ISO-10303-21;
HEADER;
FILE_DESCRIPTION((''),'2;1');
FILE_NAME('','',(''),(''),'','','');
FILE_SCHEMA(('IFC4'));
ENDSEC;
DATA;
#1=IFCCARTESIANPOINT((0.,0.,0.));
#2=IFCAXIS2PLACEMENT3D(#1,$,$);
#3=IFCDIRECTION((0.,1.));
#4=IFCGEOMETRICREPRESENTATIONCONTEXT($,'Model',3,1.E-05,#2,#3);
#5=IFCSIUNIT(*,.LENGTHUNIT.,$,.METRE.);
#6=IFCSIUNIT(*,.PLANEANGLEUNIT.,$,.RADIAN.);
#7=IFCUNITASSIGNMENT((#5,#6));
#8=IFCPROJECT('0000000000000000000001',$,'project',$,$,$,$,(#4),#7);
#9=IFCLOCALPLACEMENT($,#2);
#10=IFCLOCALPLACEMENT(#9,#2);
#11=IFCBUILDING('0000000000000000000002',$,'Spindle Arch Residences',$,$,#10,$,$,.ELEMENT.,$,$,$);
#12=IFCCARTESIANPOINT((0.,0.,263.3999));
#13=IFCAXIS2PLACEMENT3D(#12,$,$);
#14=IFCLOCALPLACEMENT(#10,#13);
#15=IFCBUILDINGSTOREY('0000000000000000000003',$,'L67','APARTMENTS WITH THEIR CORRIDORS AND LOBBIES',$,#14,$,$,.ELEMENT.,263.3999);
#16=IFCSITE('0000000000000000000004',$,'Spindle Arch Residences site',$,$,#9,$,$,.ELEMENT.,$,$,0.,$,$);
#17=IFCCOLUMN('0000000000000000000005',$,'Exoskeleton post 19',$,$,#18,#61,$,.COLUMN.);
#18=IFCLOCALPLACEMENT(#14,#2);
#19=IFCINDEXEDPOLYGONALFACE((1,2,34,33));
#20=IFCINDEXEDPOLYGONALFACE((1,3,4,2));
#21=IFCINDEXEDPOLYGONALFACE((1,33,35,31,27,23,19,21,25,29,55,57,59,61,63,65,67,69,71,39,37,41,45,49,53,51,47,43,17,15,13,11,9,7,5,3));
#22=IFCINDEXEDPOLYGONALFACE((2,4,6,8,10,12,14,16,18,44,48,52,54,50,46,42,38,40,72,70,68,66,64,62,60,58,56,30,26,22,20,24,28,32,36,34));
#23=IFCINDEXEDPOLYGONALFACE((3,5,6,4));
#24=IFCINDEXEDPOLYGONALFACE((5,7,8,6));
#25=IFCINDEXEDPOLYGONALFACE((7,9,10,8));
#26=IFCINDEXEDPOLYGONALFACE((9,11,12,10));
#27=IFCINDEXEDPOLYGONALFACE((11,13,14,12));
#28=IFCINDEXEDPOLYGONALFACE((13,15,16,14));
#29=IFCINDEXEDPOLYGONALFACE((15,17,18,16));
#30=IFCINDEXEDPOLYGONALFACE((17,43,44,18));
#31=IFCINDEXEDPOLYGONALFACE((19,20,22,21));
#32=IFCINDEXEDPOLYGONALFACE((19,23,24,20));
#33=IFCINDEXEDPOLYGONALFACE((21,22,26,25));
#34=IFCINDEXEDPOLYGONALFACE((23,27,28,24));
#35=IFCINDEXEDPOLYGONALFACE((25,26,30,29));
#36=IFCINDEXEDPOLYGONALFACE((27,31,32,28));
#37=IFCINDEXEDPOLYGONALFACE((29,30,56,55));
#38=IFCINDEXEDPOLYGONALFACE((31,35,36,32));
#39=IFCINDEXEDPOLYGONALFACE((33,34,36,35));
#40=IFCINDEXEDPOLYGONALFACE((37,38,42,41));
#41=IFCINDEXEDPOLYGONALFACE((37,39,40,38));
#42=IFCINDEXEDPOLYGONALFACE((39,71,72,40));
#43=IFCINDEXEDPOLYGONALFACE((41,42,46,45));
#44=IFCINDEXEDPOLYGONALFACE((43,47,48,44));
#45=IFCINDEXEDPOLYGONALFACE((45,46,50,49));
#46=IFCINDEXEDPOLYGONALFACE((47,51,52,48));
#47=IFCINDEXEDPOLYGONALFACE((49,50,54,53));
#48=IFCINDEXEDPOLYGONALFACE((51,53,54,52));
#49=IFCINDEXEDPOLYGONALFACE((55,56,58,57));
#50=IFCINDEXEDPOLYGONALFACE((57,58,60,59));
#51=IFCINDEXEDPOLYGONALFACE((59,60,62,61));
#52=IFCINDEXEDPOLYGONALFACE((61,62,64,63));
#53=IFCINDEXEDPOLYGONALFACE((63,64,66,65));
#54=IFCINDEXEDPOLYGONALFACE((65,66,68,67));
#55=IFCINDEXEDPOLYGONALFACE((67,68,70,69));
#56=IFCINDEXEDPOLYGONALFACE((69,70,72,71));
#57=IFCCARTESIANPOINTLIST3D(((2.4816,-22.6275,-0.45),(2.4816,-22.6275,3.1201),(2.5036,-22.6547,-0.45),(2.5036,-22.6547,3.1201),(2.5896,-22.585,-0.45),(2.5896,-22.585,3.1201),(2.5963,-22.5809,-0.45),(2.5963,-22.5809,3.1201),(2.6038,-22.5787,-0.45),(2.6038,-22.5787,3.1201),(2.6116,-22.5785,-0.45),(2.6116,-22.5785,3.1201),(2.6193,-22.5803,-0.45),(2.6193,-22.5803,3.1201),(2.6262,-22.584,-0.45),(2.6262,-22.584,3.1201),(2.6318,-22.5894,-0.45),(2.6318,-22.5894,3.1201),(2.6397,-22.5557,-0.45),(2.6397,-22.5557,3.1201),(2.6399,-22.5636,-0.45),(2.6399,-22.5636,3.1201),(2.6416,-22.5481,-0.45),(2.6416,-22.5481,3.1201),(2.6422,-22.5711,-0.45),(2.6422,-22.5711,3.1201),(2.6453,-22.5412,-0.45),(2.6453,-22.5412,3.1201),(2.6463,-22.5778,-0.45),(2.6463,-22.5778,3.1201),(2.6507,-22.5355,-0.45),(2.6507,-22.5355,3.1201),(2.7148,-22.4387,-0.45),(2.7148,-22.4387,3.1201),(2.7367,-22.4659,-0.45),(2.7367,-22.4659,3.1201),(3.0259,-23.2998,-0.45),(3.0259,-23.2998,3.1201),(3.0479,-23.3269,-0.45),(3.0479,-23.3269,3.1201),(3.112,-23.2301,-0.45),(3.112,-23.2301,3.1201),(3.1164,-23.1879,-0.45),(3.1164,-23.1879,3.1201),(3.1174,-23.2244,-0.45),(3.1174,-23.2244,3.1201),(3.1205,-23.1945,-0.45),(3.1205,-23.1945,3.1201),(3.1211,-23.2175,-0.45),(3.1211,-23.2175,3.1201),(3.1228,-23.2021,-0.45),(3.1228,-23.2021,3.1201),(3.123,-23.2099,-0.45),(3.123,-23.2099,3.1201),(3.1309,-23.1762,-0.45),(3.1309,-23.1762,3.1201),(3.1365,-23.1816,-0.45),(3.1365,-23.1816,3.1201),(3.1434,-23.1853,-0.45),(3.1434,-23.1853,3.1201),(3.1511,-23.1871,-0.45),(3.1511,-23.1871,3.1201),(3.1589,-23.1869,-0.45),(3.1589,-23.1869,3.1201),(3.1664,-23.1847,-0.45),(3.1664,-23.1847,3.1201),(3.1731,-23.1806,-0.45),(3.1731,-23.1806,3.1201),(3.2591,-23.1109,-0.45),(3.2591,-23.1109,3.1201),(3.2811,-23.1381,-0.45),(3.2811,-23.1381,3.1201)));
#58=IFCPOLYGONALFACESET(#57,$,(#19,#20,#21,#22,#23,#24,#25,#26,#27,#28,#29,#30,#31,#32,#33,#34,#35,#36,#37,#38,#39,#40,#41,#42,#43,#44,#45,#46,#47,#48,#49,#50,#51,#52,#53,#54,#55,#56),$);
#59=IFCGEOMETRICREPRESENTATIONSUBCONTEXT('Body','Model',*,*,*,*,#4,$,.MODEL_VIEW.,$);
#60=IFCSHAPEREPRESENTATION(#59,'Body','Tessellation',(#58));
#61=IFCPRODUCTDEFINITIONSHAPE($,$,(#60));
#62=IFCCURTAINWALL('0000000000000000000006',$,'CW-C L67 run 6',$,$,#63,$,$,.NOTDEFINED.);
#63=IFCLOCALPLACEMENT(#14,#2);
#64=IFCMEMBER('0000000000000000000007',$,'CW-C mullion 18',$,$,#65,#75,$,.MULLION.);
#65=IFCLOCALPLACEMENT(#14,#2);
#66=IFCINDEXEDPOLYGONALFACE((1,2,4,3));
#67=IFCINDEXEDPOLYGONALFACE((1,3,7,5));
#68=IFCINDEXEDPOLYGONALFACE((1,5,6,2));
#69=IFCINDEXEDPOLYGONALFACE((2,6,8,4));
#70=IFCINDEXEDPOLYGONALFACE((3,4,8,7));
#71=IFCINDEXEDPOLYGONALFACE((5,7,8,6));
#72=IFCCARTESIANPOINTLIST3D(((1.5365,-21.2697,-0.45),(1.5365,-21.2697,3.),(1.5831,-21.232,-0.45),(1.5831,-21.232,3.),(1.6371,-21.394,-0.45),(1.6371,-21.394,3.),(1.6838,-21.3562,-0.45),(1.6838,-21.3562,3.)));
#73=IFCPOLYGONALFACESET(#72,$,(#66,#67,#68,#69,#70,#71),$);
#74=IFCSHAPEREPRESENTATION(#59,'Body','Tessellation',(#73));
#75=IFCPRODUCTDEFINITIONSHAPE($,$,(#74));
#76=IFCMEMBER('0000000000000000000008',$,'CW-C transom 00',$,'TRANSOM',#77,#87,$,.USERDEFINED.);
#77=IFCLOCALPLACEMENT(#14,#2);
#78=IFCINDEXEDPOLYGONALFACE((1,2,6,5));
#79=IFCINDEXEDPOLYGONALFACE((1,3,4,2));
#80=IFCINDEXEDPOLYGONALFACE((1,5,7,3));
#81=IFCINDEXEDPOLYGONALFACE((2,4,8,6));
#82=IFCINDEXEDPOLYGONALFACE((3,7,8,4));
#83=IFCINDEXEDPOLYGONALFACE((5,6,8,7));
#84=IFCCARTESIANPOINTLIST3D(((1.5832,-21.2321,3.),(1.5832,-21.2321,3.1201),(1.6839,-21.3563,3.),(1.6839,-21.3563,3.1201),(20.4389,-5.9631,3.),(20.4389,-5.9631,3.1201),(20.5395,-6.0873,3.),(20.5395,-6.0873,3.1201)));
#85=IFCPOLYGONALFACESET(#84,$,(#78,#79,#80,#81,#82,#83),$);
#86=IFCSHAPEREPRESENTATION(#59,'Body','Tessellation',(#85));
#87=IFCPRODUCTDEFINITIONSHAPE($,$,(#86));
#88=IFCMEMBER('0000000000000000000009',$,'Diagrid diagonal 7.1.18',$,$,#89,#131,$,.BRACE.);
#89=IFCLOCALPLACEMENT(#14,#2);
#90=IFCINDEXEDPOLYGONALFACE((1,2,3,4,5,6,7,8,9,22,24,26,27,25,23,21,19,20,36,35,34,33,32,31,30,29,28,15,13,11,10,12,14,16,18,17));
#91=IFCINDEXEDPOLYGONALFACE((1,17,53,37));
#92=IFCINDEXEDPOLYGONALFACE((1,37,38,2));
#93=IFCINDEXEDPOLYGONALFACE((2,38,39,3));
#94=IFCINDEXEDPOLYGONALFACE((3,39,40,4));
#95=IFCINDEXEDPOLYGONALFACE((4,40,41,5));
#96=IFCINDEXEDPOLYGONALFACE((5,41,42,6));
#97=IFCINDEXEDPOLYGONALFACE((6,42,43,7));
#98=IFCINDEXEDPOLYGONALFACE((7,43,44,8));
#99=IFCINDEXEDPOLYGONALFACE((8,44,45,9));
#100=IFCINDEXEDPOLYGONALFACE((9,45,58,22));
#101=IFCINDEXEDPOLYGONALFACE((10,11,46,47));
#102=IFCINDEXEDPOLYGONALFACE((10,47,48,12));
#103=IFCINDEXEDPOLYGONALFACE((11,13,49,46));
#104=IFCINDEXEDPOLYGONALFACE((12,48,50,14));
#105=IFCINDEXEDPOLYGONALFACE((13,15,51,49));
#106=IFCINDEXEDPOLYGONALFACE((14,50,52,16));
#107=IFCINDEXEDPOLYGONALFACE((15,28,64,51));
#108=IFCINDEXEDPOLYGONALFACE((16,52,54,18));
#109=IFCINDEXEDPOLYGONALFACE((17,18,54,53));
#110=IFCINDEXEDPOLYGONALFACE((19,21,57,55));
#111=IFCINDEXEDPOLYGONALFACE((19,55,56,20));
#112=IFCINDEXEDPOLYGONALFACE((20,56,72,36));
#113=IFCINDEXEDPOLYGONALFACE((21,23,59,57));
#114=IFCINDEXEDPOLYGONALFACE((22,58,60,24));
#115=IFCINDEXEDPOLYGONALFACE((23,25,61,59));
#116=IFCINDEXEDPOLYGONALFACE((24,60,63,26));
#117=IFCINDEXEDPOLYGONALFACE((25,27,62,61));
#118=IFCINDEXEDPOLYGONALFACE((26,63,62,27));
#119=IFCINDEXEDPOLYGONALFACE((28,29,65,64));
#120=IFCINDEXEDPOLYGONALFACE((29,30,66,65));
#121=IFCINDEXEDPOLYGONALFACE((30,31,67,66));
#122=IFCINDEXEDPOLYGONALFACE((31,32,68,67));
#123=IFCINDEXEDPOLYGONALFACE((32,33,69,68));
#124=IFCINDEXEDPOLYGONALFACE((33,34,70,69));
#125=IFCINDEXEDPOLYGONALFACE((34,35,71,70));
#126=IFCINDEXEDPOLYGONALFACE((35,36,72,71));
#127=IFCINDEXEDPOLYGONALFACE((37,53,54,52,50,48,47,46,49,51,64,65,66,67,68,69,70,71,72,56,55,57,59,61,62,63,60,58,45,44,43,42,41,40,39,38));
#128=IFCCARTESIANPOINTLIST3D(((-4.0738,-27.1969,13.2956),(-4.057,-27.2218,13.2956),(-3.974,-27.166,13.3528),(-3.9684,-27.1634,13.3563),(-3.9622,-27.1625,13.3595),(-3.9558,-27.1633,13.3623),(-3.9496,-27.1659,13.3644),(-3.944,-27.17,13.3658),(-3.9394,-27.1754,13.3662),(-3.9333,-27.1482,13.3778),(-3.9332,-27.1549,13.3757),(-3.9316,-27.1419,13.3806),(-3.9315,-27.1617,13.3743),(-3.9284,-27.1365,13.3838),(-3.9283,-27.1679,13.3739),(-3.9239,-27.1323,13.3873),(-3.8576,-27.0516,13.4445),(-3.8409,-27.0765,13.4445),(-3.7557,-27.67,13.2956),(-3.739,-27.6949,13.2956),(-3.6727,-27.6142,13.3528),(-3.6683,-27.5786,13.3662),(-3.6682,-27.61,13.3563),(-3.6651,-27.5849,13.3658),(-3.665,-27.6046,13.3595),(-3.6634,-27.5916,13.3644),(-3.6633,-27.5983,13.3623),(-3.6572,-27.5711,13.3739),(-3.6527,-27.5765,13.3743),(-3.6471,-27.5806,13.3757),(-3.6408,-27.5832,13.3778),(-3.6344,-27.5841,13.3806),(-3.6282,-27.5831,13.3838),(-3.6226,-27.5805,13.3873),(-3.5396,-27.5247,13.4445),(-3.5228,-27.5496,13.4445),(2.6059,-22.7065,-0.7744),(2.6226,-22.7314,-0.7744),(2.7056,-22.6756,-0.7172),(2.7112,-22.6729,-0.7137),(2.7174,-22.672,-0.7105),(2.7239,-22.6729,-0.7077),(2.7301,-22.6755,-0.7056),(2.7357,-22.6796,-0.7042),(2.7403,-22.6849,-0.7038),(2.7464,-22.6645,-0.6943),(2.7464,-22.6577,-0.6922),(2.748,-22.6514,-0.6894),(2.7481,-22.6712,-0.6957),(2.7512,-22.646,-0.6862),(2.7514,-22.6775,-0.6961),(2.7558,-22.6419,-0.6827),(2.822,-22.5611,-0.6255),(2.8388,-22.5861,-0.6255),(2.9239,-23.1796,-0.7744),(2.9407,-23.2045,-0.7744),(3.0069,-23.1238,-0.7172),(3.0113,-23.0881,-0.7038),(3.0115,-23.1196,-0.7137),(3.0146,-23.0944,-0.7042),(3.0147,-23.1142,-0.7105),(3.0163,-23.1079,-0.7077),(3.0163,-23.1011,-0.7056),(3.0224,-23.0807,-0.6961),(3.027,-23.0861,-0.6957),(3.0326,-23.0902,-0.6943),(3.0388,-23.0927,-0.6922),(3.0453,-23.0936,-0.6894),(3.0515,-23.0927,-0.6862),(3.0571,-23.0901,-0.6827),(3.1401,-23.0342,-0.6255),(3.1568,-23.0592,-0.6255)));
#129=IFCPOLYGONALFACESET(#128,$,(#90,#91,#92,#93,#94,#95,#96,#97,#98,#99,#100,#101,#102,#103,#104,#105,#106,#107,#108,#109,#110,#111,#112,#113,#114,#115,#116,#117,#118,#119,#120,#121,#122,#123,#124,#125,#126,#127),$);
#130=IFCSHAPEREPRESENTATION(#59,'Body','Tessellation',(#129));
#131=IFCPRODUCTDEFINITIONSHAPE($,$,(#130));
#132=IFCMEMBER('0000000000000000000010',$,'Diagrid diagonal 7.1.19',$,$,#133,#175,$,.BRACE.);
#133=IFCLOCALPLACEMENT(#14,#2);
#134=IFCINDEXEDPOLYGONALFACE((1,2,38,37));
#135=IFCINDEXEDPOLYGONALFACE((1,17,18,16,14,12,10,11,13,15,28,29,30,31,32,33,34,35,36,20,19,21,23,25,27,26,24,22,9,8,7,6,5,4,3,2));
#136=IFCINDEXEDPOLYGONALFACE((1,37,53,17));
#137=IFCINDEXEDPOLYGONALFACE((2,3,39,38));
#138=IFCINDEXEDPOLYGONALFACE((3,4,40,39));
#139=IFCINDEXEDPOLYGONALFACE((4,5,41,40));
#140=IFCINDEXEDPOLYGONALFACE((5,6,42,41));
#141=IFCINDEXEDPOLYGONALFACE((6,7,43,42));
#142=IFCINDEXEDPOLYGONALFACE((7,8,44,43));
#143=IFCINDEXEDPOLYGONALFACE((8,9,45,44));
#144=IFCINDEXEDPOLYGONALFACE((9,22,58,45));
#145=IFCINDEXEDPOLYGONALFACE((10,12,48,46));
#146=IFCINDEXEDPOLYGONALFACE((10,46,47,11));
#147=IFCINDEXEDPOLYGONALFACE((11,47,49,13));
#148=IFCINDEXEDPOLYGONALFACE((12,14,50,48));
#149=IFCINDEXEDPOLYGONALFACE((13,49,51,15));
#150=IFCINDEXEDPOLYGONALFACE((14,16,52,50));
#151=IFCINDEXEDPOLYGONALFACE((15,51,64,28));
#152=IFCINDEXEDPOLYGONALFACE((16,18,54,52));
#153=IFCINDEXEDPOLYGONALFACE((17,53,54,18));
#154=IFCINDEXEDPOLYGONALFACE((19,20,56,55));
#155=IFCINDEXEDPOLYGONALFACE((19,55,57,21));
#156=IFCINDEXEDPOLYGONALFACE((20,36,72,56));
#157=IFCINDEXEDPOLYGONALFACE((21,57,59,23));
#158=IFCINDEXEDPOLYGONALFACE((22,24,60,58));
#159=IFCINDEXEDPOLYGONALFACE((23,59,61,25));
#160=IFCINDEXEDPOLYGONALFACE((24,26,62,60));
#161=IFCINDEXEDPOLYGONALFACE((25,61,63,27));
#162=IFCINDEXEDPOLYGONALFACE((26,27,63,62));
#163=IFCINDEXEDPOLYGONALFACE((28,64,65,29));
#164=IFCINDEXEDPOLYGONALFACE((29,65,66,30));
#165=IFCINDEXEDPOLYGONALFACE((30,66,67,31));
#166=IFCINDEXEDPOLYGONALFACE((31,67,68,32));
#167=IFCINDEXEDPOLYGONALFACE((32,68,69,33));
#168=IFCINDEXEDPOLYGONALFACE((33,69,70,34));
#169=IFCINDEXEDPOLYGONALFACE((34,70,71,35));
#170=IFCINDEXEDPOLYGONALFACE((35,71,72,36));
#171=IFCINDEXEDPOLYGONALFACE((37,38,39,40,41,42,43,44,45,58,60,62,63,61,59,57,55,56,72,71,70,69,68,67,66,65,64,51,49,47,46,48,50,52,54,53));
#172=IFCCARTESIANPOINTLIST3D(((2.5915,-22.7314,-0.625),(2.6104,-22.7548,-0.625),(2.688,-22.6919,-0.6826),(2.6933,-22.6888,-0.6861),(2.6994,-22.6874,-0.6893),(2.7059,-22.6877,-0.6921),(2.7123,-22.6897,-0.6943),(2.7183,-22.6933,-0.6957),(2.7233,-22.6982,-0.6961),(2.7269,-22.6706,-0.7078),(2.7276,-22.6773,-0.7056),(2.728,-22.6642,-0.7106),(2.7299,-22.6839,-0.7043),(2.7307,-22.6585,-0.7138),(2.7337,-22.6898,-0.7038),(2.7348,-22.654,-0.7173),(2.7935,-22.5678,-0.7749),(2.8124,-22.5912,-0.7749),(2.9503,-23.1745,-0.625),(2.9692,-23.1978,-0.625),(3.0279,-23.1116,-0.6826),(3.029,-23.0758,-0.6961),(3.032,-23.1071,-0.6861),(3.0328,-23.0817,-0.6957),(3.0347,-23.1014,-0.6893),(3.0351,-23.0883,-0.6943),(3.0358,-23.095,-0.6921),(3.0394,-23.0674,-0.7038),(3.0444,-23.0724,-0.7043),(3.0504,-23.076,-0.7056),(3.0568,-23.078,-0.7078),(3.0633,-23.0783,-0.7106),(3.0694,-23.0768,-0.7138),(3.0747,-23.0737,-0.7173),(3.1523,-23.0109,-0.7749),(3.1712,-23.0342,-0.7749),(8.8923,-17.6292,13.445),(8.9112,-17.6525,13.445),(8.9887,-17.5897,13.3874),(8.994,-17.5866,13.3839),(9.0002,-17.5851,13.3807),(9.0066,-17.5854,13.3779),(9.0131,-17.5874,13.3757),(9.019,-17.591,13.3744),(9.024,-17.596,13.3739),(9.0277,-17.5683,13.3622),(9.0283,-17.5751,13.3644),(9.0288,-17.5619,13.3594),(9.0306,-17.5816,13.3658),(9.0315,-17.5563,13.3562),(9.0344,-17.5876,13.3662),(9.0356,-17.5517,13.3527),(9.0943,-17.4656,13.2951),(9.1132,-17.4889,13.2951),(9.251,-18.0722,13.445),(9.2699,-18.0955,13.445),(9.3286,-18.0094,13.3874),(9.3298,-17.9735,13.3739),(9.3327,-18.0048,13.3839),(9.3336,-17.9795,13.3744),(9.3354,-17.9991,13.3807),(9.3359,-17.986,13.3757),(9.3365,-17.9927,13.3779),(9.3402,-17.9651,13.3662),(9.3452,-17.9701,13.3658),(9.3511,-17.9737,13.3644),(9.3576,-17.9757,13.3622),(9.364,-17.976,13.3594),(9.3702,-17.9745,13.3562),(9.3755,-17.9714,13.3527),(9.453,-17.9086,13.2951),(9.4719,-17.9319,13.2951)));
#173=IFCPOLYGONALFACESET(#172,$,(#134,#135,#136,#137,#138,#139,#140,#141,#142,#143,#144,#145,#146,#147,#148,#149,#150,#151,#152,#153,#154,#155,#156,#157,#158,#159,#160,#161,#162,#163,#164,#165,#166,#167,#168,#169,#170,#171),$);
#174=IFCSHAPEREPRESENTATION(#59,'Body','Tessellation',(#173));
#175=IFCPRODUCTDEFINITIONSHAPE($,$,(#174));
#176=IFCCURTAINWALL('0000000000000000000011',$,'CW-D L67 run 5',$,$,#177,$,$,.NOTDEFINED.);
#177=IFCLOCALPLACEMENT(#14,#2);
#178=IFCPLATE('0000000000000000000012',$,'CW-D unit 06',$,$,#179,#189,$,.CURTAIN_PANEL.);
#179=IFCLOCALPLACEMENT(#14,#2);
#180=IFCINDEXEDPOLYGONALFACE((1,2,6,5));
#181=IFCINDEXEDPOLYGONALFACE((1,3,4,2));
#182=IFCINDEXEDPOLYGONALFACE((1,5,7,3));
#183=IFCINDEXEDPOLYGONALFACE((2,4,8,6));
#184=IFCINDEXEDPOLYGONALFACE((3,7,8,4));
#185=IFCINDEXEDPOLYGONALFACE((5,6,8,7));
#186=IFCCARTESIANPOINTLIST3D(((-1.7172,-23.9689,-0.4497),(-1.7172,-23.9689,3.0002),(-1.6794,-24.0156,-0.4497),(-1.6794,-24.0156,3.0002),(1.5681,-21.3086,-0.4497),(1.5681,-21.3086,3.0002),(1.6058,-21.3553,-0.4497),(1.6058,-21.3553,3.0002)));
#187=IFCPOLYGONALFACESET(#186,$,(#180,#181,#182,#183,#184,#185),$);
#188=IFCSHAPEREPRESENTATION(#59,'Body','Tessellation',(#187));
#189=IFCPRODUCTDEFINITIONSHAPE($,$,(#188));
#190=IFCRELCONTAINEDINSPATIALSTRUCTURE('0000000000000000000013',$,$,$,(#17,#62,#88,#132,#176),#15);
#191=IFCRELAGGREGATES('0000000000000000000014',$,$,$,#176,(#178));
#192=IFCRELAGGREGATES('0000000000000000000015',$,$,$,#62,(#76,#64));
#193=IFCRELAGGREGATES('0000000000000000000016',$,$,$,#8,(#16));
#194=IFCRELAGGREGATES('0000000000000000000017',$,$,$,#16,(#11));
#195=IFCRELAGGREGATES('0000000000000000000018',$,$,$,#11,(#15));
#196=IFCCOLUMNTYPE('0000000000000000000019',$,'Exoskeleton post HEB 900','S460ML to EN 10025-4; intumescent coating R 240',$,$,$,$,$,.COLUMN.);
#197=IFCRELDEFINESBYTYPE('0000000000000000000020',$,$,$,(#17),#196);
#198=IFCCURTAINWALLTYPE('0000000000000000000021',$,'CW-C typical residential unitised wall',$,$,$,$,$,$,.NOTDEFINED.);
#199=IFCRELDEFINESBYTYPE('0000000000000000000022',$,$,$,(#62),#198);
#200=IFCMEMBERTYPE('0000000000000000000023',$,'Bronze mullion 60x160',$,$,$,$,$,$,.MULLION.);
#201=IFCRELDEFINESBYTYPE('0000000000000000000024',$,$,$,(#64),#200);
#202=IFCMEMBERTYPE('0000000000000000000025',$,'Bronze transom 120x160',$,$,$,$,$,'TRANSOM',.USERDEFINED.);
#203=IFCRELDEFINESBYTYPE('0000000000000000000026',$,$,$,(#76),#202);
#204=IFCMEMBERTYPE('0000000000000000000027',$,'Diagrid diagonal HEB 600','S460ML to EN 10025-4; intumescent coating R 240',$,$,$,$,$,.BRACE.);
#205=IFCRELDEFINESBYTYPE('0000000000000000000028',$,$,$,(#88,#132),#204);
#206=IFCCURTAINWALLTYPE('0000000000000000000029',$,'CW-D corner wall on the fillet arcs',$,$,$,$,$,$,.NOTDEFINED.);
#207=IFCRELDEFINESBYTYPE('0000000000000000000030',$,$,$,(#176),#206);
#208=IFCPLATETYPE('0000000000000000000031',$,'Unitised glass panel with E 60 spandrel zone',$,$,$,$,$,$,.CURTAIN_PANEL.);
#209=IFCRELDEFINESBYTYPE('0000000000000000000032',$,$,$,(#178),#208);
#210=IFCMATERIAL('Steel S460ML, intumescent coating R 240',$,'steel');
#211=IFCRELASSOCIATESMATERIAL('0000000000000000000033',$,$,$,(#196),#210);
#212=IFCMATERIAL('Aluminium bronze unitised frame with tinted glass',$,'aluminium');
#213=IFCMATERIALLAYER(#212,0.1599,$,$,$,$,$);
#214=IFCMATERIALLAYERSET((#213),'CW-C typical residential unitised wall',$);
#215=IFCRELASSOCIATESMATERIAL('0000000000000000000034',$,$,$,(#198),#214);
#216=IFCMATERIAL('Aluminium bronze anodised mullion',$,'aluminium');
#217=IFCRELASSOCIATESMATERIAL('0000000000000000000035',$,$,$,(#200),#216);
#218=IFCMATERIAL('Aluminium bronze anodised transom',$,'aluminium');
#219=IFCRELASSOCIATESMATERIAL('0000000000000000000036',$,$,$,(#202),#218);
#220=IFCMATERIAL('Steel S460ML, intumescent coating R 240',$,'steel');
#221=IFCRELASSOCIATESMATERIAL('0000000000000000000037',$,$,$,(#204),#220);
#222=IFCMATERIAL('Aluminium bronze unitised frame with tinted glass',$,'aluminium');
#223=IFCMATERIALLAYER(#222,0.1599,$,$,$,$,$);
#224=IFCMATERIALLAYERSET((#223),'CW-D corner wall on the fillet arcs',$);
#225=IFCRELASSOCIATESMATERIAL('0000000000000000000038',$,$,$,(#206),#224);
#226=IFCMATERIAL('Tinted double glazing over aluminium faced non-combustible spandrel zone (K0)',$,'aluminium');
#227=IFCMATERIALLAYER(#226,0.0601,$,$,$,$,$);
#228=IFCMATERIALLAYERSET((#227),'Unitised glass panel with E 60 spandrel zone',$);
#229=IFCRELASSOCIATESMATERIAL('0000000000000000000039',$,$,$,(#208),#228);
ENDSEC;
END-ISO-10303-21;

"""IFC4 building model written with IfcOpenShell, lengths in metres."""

from ifc_helpers import new_model, si_unit, direction, frame, origin, origin_2d, place, context, subcontext, project, spatial, rectangle, i_section, extrude, material, layer, layer_set, material_profile, profile_set, type_object, element, aggregate, save


model = new_model("IFC4")

# Units and contexts
model_context = context("Model", 3, precision=1e-05, world=origin(), true_north=direction((0.0, 1.0)))
body_context = subcontext(model_context, "Body", "Model", "MODEL_VIEW")
ifc_project = project(units=[si_unit("LENGTHUNIT", "METRE"), si_unit("PLANEANGLEUNIT", "RADIAN")], contexts=[model_context])

# Site, building, storey
site_placement = place(None, origin())
site = spatial("IfcSite", under=ifc_project, at=site_placement, Name="Spindle Arch Residences site", CompositionType="ELEMENT", RefElevation=0.0)
building_placement = place(site_placement, origin())
building = spatial("IfcBuilding", under=site, at=building_placement, Name="Spindle Arch Residences", CompositionType="ELEMENT")
storey_placement = place(building_placement, frame((0.0, 0.0, 263.3999)))
storey = spatial("IfcBuildingStorey", under=building, at=storey_placement, Name="L67", Description="APARTMENTS WITH THEIR CORRIDORS AND LOBBIES", CompositionType="ELEMENT", Elevation=263.3999)

# Column
ifc_material_1 = material(Name="Steel S460ML, intumescent coating R 240", Category="steel")
ifc_material_profile_1 = material_profile(ifc_material_1, i_section(OverallWidth=0.3, OverallDepth=0.8999, WebThickness=0.0186, FlangeThickness=0.0349, FilletRadius=0.03, at=origin_2d()), Name="HEB 900")
ifc_profile_set_1 = profile_set([ifc_material_profile_1], Name="Steel S460ML, intumescent coating R 240")
column_type = type_object("IfcColumnType", Name="Exoskeleton post HEB 900", Description="S460ML to EN 10025-4; intumescent coating R 240", PredefinedType="COLUMN", material=ifc_profile_set_1)
column_placement = place(storey_placement, frame((2.8813, -22.8828, -0.45), z_axis=(0.0, 0.0, 1.0), x_axis=(-0.777146, -0.62932, 0.0)))
element("IfcColumn", 1, at=column_placement, inside=storey, type_object=column_type, Name="Exoskeleton post 19", PredefinedType="COLUMN", context=body_context, shape_type="SweptSolid", body=[
    extrude(i_section(OverallWidth=0.3, OverallDepth=0.8999, WebThickness=0.0186, FlangeThickness=0.0349, FilletRadius=0.03, at=origin_2d()), origin(), (0.0, 0.0, 1.0), 3.5701),
])

# Curtain wall, members
ifc_material_2 = material(Name="Aluminium bronze unitised frame with tinted glass", Category="aluminium")
ifc_layer_1 = layer(ifc_material_2, 0.1599)
ifc_layer_set_1 = layer_set([ifc_layer_1], Name="CW-C typical residential unitised wall")
curtain_wall_type_1 = type_object("IfcCurtainWallType", Name="CW-C typical residential unitised wall", PredefinedType="NOTDEFINED", material=ifc_layer_set_1)
curtain_wall_1_placement = place(storey_placement, origin())
curtain_wall_1 = element("IfcCurtainWall", 2, at=curtain_wall_1_placement, inside=storey, type_object=curtain_wall_type_1, Name="CW-C L67 run 6", PredefinedType="NOTDEFINED")
ifc_material_3 = material(Name="Aluminium bronze anodised mullion", Category="aluminium")
ifc_material_profile_2 = material_profile(ifc_material_3, rectangle(XDim=0.1599, YDim=0.0601, at=origin_2d()), Name="MU 60x160")
ifc_profile_set_2 = profile_set([ifc_material_profile_2], Name="Aluminium bronze anodised mullion")
member_type_1 = type_object("IfcMemberType", Name="Bronze mullion 60x160", PredefinedType="MULLION", material=ifc_profile_set_2)
member_1_placement = place(storey_placement, frame((1.6101, -21.313, -0.45), z_axis=(0.0, 0.0, 1.0), x_axis=(-0.62932, 0.777146, 0.0)))
member_1 = element("IfcMember", 3, at=member_1_placement, type_object=member_type_1, Name="CW-C mullion 18", PredefinedType="MULLION", context=body_context, shape_type="SweptSolid", body=[
    extrude(rectangle(XDim=0.1599, YDim=0.0601, at=origin_2d()), origin(), (0.0, 0.0, 1.0), 3.45),
])
ifc_material_4 = material(Name="Aluminium bronze anodised transom", Category="aluminium")
ifc_material_profile_3 = material_profile(ifc_material_4, rectangle(XDim=0.1599, YDim=0.1201, at=origin_2d()), Name="TR 120x160")
ifc_profile_set_3 = profile_set([ifc_material_profile_3], Name="Aluminium bronze anodised transom")
member_type_2 = type_object("IfcMemberType", Name="Bronze transom 120x160", ElementType="TRANSOM", PredefinedType="USERDEFINED", material=ifc_profile_set_3)
member_2_placement = place(storey_placement, frame((1.6335, -21.2942, 3.0601), z_axis=(0.777146, 0.62932, 0.0), x_axis=(-0.62932, 0.777146, 0.0)))
member_2 = element("IfcMember", 4, at=member_2_placement, type_object=member_type_2, Name="CW-C transom 00", ObjectType="TRANSOM", PredefinedType="USERDEFINED", context=body_context, shape_type="SweptSolid", body=[
    extrude(rectangle(XDim=0.1599, YDim=0.1201, at=origin_2d()), origin(), (0.0, 0.0, 1.0), 24.2627),
])

# Members
ifc_material_5 = material(Name="Steel S460ML, intumescent coating R 240", Category="steel")
ifc_material_profile_4 = material_profile(ifc_material_5, i_section(OverallWidth=0.3, OverallDepth=0.6001, WebThickness=0.0154, FlangeThickness=0.03, FilletRadius=0.0271, at=origin_2d()), Name="HEB 600")
ifc_profile_set_4 = profile_set([ifc_material_profile_4], Name="Steel S460ML, intumescent coating R 240")
member_type_3 = type_object("IfcMemberType", Name="Diagrid diagonal HEB 600", Description="S460ML to EN 10025-4; intumescent coating R 240", PredefinedType="BRACE", material=ifc_profile_set_4)
member_3_placement = place(storey_placement, frame((2.8813, -22.8828, -0.7), z_axis=(-0.412084, -0.277027, 0.868011), x_axis=(0.720364, 0.484271, 0.496545)))
element("IfcMember", 5, at=member_3_placement, inside=storey, type_object=member_type_3, Name="Diagrid diagonal 7.1.18", PredefinedType="BRACE", context=body_context, shape_type="SweptSolid", body=[
    extrude(i_section(OverallWidth=0.3, OverallDepth=0.6001, WebThickness=0.0154, FlangeThickness=0.03, FilletRadius=0.0271, at=origin_2d()), origin(), (0.0, 0.0, 1.0), 16.2095),
])
member_4_placement = place(storey_placement, frame((2.8813, -22.8828, -0.7), z_axis=(0.388007, 0.314203, 0.866445), x_axis=(-0.673353, -0.545273, 0.499272)))
element("IfcMember", 6, at=member_4_placement, inside=storey, type_object=member_type_3, Name="Diagrid diagonal 7.1.19", PredefinedType="BRACE", context=body_context, shape_type="SweptSolid", body=[
    extrude(i_section(OverallWidth=0.3, OverallDepth=0.6001, WebThickness=0.0154, FlangeThickness=0.03, FilletRadius=0.0271, at=origin_2d()), origin(), (0.0, 0.0, 1.0), 16.2388),
])

# Curtain wall, plate
ifc_material_6 = material(Name="Aluminium bronze unitised frame with tinted glass", Category="aluminium")
ifc_layer_2 = layer(ifc_material_6, 0.1599)
ifc_layer_set_2 = layer_set([ifc_layer_2], Name="CW-D corner wall on the fillet arcs")
curtain_wall_type_2 = type_object("IfcCurtainWallType", Name="CW-D corner wall on the fillet arcs", PredefinedType="NOTDEFINED", material=ifc_layer_set_2)
curtain_wall_2_placement = place(storey_placement, origin())
curtain_wall_2 = element("IfcCurtainWall", 7, at=curtain_wall_2_placement, inside=storey, type_object=curtain_wall_type_2, Name="CW-D L67 run 5", PredefinedType="NOTDEFINED")
ifc_material_7 = material(Name="Tinted double glazing over aluminium faced non-combustible spandrel zone (K0)", Category="aluminium")
ifc_layer_3 = layer(ifc_material_7, 0.0601)
ifc_layer_set_3 = layer_set([ifc_layer_3], Name="Unitised glass panel with E 60 spandrel zone")
plate_type = type_object("IfcPlateType", Name="Unitised glass panel with E 60 spandrel zone", PredefinedType="CURTAIN_PANEL", material=ifc_layer_set_3)
plate_1_placement = place(storey_placement, frame((-0.0557, -22.6621, -0.4497), z_axis=(0.0, 0.0, 1.0), x_axis=(0.777146, 0.62932, 0.0)))
plate_1 = element("IfcPlate", 8, at=plate_1_placement, type_object=plate_type, Name="CW-D unit 06", PredefinedType="CURTAIN_PANEL", context=body_context, shape_type="SweptSolid", body=[
    extrude(rectangle(XDim=4.2273, YDim=0.0601, at=origin_2d()), origin(), (0.0, 0.0, 1.0), 3.45),
])
aggregate(curtain_wall_2, [plate_1])

aggregate(curtain_wall_1, [member_2, member_1])

save(model, "model.ifc")
